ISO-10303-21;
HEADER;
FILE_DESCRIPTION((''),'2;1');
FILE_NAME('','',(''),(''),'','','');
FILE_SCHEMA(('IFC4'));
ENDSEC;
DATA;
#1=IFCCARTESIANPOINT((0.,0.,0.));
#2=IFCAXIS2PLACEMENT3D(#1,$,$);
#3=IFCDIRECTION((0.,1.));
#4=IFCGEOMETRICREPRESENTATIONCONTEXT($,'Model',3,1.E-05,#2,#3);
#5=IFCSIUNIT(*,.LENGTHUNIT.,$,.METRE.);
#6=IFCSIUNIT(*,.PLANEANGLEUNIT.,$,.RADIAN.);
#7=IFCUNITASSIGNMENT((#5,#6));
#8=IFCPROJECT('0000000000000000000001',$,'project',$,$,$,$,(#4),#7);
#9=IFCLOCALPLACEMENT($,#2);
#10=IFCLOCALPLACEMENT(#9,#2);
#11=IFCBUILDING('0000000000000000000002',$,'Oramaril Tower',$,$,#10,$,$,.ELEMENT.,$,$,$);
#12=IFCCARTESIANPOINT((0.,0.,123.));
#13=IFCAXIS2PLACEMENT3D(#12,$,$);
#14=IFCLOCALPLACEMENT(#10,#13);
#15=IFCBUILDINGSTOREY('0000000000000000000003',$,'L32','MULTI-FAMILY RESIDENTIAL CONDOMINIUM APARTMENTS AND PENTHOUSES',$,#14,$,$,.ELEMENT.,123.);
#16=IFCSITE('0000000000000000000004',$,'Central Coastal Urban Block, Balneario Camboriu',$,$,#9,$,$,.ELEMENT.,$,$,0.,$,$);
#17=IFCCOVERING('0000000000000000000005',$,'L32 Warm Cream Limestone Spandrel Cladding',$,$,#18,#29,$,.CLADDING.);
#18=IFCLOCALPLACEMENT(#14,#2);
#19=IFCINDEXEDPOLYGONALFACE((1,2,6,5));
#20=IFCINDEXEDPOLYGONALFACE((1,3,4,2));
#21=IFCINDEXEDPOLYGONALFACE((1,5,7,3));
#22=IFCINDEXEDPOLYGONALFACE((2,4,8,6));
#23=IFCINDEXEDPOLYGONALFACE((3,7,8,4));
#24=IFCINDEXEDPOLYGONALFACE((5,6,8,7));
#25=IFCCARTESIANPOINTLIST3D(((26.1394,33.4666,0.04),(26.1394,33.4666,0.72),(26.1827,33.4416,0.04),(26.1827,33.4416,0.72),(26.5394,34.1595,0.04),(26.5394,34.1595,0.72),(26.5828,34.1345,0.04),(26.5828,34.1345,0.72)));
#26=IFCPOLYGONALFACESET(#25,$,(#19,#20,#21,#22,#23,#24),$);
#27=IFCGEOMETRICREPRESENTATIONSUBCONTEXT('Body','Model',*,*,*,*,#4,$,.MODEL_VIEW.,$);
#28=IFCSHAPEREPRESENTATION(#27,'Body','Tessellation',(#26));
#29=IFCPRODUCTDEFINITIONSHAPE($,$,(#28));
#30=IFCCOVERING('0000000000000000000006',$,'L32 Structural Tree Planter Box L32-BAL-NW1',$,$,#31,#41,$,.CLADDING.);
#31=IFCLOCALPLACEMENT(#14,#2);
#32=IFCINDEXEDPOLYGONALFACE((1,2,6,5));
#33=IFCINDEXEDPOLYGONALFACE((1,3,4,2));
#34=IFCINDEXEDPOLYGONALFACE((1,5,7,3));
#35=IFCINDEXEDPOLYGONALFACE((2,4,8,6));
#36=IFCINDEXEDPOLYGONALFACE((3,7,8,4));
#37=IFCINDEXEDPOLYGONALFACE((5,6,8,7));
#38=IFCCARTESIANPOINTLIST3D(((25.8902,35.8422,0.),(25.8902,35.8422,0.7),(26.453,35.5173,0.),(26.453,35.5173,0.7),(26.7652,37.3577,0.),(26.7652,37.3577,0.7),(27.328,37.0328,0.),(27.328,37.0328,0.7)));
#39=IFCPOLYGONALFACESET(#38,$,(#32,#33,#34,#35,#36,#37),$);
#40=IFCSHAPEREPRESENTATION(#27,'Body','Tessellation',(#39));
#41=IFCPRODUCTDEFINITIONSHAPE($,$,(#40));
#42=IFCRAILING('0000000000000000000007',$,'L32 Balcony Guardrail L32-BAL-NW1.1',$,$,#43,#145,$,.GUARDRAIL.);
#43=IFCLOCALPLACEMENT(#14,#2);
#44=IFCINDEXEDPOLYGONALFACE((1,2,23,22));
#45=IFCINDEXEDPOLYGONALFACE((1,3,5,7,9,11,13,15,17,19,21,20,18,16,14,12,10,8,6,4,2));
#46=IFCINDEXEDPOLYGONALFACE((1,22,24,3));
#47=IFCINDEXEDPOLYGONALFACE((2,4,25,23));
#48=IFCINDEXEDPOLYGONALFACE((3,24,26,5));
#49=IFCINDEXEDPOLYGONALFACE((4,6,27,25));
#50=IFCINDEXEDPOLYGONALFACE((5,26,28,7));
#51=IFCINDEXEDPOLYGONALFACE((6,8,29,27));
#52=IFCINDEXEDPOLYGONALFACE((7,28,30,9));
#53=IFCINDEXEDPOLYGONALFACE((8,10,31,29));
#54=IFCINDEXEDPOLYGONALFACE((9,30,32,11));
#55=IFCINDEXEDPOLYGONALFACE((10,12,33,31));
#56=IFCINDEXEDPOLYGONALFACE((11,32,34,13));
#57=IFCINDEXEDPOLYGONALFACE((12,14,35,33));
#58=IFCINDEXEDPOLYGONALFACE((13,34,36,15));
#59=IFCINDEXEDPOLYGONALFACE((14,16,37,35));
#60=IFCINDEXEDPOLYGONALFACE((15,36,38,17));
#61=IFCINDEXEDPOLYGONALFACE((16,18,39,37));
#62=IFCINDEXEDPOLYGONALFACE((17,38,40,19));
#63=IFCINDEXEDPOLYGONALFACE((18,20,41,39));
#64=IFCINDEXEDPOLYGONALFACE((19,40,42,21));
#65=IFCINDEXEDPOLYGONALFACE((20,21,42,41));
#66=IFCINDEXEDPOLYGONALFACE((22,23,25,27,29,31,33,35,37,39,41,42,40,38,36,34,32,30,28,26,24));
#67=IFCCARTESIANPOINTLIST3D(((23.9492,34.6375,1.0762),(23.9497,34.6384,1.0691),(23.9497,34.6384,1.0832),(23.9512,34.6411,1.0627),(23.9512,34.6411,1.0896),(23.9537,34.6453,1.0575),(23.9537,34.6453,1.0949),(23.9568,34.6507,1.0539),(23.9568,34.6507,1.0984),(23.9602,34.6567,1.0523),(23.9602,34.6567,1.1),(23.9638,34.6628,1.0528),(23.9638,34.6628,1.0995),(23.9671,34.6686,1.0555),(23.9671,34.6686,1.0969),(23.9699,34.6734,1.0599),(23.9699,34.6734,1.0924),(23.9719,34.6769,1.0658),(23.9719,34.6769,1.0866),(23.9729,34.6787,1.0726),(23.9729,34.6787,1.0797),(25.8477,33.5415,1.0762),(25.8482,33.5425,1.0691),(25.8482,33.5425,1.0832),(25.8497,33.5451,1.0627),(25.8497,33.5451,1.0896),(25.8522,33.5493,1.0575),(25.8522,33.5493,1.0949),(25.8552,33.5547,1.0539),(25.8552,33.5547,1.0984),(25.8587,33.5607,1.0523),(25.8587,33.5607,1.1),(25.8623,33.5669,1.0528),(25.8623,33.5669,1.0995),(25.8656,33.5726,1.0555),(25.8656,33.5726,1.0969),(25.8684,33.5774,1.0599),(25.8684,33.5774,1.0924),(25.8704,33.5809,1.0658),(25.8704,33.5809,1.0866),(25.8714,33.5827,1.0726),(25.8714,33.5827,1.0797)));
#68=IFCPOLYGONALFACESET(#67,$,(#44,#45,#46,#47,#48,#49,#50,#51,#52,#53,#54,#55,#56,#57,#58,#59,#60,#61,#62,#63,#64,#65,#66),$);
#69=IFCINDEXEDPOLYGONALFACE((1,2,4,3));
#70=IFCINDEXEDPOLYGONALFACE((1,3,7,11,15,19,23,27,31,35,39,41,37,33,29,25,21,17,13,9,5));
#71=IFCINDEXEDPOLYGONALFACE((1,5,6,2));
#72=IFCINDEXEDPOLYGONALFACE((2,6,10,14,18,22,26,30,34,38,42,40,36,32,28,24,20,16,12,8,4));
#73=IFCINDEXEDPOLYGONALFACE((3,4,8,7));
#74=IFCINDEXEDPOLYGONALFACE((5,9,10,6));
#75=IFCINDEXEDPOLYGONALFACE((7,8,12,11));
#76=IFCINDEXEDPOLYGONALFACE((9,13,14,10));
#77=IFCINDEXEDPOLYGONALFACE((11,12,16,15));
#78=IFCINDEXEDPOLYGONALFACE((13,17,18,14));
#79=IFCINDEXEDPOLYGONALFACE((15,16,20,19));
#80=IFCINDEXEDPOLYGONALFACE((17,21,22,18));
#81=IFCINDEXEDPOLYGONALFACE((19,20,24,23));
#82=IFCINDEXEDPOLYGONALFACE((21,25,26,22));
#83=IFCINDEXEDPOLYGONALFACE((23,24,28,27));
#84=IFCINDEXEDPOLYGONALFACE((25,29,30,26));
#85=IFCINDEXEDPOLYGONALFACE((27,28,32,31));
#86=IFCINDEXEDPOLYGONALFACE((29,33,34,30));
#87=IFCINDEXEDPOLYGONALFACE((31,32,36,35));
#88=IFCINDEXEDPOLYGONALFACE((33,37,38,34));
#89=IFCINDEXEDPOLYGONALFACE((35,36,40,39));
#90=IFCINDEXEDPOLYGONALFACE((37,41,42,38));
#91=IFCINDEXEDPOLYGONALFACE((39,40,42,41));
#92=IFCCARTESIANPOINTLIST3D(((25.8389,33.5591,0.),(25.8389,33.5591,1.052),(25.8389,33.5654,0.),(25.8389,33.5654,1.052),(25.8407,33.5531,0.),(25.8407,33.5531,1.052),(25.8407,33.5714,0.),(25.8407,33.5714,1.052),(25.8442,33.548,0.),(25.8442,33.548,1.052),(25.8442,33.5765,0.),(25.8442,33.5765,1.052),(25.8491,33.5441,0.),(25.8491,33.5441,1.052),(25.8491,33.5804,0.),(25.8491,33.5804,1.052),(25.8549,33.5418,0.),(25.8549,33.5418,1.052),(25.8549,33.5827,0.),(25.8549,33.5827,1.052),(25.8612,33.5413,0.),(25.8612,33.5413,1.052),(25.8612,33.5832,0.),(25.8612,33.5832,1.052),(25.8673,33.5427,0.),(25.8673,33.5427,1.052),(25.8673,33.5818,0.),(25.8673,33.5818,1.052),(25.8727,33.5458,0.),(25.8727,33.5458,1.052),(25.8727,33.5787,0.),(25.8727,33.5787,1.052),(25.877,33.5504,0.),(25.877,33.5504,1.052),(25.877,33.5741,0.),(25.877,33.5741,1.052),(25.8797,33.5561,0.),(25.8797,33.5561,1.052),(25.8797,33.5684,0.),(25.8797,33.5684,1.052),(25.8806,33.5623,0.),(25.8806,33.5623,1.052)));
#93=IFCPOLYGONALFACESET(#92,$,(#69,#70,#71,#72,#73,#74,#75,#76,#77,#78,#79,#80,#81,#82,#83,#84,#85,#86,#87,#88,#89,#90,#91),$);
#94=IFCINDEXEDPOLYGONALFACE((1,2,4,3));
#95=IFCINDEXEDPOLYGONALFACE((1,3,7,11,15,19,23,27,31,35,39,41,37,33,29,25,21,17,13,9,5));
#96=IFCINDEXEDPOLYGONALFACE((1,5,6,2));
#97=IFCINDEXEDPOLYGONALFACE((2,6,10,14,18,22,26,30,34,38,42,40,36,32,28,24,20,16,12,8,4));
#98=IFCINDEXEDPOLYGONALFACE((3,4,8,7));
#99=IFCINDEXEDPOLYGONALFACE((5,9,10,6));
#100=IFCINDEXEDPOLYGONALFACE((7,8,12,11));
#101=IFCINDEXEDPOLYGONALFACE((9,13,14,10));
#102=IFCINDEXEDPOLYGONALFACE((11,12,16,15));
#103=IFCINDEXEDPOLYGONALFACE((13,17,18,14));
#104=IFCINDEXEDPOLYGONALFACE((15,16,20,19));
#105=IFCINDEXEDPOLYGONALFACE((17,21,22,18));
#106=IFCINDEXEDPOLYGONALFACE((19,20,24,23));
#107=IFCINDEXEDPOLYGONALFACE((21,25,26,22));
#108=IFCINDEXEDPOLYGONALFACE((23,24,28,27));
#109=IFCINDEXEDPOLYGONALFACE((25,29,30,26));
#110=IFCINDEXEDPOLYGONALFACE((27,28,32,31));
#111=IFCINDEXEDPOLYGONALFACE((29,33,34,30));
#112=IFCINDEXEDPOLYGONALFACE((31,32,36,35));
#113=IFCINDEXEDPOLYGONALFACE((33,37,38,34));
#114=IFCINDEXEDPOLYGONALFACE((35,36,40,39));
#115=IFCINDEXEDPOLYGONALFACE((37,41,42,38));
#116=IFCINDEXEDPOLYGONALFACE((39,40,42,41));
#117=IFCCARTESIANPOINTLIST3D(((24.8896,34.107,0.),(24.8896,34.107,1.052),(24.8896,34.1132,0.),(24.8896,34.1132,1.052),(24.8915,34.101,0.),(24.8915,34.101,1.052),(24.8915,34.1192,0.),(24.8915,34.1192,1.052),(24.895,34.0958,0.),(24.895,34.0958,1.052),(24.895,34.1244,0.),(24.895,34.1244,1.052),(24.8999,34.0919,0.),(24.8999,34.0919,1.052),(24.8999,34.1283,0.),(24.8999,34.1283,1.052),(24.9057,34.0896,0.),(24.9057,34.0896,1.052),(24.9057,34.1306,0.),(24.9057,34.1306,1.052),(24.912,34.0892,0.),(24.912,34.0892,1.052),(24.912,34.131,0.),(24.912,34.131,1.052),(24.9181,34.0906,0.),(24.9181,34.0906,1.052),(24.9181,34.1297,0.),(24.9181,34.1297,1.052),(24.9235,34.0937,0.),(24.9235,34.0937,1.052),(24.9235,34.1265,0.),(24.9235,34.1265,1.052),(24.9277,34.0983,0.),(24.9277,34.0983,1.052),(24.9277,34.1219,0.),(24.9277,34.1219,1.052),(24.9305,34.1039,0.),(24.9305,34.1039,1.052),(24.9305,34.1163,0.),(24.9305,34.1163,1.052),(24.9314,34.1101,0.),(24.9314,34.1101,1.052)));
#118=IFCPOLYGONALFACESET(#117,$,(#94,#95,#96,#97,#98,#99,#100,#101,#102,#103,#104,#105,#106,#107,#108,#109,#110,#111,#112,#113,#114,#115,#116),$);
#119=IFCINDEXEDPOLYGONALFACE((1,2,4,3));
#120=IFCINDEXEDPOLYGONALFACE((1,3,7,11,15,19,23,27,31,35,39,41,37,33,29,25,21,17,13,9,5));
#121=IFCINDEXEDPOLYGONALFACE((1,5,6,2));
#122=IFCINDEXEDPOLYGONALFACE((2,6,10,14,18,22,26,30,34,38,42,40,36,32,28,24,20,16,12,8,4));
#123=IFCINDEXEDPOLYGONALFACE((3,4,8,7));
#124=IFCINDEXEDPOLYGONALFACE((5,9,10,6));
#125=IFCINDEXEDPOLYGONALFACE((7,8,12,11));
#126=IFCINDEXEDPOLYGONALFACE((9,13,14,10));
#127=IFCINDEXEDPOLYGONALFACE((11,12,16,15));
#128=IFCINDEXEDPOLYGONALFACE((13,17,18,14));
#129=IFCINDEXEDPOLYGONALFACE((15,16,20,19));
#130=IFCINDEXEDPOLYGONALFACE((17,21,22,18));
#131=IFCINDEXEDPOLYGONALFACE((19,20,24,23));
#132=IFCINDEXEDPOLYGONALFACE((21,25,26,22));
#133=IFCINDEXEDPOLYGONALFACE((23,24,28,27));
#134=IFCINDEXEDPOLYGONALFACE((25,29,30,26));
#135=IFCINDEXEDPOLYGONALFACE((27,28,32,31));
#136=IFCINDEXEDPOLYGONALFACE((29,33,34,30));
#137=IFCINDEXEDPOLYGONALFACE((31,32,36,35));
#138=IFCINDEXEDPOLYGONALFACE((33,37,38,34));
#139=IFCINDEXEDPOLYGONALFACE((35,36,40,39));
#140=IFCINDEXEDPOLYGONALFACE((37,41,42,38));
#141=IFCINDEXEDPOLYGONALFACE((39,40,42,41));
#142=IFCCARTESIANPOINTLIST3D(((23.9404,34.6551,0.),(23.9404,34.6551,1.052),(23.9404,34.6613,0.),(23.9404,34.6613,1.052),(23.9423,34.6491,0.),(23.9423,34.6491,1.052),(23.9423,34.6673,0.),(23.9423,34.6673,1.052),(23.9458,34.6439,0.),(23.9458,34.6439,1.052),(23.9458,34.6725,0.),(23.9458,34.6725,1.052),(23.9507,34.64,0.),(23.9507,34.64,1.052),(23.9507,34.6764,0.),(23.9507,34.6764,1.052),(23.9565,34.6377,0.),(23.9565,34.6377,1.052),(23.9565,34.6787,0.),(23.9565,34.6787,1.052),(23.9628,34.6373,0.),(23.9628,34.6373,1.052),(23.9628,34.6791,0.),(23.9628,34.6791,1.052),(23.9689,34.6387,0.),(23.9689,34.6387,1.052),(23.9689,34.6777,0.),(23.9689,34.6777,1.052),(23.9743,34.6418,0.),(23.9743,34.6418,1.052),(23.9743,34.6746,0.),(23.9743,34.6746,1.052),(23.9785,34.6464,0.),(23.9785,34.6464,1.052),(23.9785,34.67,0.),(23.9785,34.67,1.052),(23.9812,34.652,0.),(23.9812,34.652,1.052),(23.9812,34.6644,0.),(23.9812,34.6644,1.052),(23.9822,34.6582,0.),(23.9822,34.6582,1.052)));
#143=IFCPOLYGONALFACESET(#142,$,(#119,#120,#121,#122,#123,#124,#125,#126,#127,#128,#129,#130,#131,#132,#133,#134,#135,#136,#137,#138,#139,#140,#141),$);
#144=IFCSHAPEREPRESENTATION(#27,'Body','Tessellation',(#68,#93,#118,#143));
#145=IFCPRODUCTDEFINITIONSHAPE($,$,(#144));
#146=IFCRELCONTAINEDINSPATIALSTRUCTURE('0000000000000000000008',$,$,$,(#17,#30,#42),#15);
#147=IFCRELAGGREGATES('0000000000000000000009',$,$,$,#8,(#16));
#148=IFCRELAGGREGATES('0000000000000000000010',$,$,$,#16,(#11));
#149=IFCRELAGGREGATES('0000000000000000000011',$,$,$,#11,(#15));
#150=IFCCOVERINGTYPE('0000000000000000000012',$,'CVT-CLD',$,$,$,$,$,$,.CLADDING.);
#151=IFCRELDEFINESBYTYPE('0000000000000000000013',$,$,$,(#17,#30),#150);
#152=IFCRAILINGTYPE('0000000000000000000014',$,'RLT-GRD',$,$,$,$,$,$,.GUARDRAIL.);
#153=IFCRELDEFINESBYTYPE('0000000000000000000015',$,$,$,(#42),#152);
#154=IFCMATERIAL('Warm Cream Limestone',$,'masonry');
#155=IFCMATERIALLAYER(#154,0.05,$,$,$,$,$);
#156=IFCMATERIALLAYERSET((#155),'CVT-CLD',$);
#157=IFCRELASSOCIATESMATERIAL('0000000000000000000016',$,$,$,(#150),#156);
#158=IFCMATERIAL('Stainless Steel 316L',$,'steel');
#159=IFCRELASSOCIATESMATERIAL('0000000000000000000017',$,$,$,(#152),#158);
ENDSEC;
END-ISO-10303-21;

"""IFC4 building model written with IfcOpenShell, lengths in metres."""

from ifc_helpers import new_model, si_unit, direction, frame, origin, origin_2d, place, context, subcontext, project, spatial, rectangle, circle, extrude, material, layer, layer_set, type_object, element, save


model = new_model("IFC4")

# Units and contexts
model_context = context("Model", 3, precision=1e-05, world=origin(), true_north=direction((0.0, 1.0)))
body_context = subcontext(model_context, "Body", "Model", "MODEL_VIEW")
ifc_project = project(units=[si_unit("LENGTHUNIT", "METRE"), si_unit("PLANEANGLEUNIT", "RADIAN")], contexts=[model_context])

# Site, building, storey
site_placement = place(None, origin())
site = spatial("IfcSite", under=ifc_project, at=site_placement, Name="Central Coastal Urban Block, Balneario Camboriu", CompositionType="ELEMENT", RefElevation=0.0)
building_placement = place(site_placement, origin())
building = spatial("IfcBuilding", under=site, at=building_placement, Name="Oramaril Tower", CompositionType="ELEMENT")
storey_placement = place(building_placement, frame((0.0, 0.0, 123.0)))
storey = spatial("IfcBuildingStorey", under=building, at=storey_placement, Name="L32", Description="MULTI-FAMILY RESIDENTIAL CONDOMINIUM APARTMENTS AND PENTHOUSES", CompositionType="ELEMENT", Elevation=123.0)

# Coverings
ifc_material_1 = material(Name="Warm Cream Limestone", Category="masonry")
ifc_layer_1 = layer(ifc_material_1, 0.05)
ifc_layer_set_1 = layer_set([ifc_layer_1], Name="CVT-CLD")
covering_type = type_object("IfcCoveringType", Name="CVT-CLD", PredefinedType="CLADDING", material=ifc_layer_set_1)
covering_1_placement = place(storey_placement, frame((26.3611, 33.8005, 0.04), z_axis=(0.0, 0.0, 1.0), x_axis=(-0.499998, -0.866026, 0.0)))
element("IfcCovering", 1, at=covering_1_placement, inside=storey, type_object=covering_type, Name="L32 Warm Cream Limestone Spandrel Cladding", PredefinedType="CLADDING", context=body_context, shape_type="SweptSolid", body=[
    extrude(rectangle(XDim=0.8, YDim=0.05, at=origin_2d()), origin(), (0.0, 0.0, 1.0), 0.6799),
])
covering_2_placement = place(storey_placement, frame((26.6091, 36.4375, 0.0), z_axis=(0.0, 0.0, 1.0), x_axis=(-0.499998, -0.866026, 0.0)))
element("IfcCovering", 2, at=covering_2_placement, inside=storey, type_object=covering_type, Name="L32 Structural Tree Planter Box L32-BAL-NW1", PredefinedType="CLADDING", context=body_context, shape_type="SweptSolid", body=[
    extrude(rectangle(XDim=1.75, YDim=0.6499, at=origin_2d()), origin(), (0.0, 0.0, 1.0), 0.7),
])

# Railing
ifc_material_2 = material(Name="Stainless Steel 316L", Category="steel")
railing_type = type_object("IfcRailingType", Name="RLT-GRD", PredefinedType="GUARDRAIL", material=ifc_material_2)
railing_1_placement = place(storey_placement, frame((25.8596, 33.5623, 0.0)))
element("IfcRailing", 3, at=railing_1_placement, inside=storey, type_object=railing_type, Name="L32 Balcony Guardrail L32-BAL-NW1.1", PredefinedType="GUARDRAIL", context=body_context, shape_type="SweptSolid", body=[
    extrude(circle(Radius=0.0239, at=origin_2d()), frame((0.0, 0.0, 1.0762), z_axis=(-0.866048, 0.49996, 0.0), x_axis=(-0.49996, -0.866048, 0.0)), (0.0, 0.0, 1.0), 2.1921),
    extrude(circle(Radius=0.021, at=origin_2d()), origin(), (0.0, 0.0, 1.0), 1.052),
    extrude(circle(Radius=0.021, at=origin_2d()), frame((-0.9492, 0.5479, 0.0)), (0.0, 0.0, 1.0), 1.052),
    extrude(circle(Radius=0.021, at=origin_2d()), frame((-1.8984, 1.0959, 0.0)), (0.0, 0.0, 1.0), 1.052),
])

save(model, "model.ifc")
